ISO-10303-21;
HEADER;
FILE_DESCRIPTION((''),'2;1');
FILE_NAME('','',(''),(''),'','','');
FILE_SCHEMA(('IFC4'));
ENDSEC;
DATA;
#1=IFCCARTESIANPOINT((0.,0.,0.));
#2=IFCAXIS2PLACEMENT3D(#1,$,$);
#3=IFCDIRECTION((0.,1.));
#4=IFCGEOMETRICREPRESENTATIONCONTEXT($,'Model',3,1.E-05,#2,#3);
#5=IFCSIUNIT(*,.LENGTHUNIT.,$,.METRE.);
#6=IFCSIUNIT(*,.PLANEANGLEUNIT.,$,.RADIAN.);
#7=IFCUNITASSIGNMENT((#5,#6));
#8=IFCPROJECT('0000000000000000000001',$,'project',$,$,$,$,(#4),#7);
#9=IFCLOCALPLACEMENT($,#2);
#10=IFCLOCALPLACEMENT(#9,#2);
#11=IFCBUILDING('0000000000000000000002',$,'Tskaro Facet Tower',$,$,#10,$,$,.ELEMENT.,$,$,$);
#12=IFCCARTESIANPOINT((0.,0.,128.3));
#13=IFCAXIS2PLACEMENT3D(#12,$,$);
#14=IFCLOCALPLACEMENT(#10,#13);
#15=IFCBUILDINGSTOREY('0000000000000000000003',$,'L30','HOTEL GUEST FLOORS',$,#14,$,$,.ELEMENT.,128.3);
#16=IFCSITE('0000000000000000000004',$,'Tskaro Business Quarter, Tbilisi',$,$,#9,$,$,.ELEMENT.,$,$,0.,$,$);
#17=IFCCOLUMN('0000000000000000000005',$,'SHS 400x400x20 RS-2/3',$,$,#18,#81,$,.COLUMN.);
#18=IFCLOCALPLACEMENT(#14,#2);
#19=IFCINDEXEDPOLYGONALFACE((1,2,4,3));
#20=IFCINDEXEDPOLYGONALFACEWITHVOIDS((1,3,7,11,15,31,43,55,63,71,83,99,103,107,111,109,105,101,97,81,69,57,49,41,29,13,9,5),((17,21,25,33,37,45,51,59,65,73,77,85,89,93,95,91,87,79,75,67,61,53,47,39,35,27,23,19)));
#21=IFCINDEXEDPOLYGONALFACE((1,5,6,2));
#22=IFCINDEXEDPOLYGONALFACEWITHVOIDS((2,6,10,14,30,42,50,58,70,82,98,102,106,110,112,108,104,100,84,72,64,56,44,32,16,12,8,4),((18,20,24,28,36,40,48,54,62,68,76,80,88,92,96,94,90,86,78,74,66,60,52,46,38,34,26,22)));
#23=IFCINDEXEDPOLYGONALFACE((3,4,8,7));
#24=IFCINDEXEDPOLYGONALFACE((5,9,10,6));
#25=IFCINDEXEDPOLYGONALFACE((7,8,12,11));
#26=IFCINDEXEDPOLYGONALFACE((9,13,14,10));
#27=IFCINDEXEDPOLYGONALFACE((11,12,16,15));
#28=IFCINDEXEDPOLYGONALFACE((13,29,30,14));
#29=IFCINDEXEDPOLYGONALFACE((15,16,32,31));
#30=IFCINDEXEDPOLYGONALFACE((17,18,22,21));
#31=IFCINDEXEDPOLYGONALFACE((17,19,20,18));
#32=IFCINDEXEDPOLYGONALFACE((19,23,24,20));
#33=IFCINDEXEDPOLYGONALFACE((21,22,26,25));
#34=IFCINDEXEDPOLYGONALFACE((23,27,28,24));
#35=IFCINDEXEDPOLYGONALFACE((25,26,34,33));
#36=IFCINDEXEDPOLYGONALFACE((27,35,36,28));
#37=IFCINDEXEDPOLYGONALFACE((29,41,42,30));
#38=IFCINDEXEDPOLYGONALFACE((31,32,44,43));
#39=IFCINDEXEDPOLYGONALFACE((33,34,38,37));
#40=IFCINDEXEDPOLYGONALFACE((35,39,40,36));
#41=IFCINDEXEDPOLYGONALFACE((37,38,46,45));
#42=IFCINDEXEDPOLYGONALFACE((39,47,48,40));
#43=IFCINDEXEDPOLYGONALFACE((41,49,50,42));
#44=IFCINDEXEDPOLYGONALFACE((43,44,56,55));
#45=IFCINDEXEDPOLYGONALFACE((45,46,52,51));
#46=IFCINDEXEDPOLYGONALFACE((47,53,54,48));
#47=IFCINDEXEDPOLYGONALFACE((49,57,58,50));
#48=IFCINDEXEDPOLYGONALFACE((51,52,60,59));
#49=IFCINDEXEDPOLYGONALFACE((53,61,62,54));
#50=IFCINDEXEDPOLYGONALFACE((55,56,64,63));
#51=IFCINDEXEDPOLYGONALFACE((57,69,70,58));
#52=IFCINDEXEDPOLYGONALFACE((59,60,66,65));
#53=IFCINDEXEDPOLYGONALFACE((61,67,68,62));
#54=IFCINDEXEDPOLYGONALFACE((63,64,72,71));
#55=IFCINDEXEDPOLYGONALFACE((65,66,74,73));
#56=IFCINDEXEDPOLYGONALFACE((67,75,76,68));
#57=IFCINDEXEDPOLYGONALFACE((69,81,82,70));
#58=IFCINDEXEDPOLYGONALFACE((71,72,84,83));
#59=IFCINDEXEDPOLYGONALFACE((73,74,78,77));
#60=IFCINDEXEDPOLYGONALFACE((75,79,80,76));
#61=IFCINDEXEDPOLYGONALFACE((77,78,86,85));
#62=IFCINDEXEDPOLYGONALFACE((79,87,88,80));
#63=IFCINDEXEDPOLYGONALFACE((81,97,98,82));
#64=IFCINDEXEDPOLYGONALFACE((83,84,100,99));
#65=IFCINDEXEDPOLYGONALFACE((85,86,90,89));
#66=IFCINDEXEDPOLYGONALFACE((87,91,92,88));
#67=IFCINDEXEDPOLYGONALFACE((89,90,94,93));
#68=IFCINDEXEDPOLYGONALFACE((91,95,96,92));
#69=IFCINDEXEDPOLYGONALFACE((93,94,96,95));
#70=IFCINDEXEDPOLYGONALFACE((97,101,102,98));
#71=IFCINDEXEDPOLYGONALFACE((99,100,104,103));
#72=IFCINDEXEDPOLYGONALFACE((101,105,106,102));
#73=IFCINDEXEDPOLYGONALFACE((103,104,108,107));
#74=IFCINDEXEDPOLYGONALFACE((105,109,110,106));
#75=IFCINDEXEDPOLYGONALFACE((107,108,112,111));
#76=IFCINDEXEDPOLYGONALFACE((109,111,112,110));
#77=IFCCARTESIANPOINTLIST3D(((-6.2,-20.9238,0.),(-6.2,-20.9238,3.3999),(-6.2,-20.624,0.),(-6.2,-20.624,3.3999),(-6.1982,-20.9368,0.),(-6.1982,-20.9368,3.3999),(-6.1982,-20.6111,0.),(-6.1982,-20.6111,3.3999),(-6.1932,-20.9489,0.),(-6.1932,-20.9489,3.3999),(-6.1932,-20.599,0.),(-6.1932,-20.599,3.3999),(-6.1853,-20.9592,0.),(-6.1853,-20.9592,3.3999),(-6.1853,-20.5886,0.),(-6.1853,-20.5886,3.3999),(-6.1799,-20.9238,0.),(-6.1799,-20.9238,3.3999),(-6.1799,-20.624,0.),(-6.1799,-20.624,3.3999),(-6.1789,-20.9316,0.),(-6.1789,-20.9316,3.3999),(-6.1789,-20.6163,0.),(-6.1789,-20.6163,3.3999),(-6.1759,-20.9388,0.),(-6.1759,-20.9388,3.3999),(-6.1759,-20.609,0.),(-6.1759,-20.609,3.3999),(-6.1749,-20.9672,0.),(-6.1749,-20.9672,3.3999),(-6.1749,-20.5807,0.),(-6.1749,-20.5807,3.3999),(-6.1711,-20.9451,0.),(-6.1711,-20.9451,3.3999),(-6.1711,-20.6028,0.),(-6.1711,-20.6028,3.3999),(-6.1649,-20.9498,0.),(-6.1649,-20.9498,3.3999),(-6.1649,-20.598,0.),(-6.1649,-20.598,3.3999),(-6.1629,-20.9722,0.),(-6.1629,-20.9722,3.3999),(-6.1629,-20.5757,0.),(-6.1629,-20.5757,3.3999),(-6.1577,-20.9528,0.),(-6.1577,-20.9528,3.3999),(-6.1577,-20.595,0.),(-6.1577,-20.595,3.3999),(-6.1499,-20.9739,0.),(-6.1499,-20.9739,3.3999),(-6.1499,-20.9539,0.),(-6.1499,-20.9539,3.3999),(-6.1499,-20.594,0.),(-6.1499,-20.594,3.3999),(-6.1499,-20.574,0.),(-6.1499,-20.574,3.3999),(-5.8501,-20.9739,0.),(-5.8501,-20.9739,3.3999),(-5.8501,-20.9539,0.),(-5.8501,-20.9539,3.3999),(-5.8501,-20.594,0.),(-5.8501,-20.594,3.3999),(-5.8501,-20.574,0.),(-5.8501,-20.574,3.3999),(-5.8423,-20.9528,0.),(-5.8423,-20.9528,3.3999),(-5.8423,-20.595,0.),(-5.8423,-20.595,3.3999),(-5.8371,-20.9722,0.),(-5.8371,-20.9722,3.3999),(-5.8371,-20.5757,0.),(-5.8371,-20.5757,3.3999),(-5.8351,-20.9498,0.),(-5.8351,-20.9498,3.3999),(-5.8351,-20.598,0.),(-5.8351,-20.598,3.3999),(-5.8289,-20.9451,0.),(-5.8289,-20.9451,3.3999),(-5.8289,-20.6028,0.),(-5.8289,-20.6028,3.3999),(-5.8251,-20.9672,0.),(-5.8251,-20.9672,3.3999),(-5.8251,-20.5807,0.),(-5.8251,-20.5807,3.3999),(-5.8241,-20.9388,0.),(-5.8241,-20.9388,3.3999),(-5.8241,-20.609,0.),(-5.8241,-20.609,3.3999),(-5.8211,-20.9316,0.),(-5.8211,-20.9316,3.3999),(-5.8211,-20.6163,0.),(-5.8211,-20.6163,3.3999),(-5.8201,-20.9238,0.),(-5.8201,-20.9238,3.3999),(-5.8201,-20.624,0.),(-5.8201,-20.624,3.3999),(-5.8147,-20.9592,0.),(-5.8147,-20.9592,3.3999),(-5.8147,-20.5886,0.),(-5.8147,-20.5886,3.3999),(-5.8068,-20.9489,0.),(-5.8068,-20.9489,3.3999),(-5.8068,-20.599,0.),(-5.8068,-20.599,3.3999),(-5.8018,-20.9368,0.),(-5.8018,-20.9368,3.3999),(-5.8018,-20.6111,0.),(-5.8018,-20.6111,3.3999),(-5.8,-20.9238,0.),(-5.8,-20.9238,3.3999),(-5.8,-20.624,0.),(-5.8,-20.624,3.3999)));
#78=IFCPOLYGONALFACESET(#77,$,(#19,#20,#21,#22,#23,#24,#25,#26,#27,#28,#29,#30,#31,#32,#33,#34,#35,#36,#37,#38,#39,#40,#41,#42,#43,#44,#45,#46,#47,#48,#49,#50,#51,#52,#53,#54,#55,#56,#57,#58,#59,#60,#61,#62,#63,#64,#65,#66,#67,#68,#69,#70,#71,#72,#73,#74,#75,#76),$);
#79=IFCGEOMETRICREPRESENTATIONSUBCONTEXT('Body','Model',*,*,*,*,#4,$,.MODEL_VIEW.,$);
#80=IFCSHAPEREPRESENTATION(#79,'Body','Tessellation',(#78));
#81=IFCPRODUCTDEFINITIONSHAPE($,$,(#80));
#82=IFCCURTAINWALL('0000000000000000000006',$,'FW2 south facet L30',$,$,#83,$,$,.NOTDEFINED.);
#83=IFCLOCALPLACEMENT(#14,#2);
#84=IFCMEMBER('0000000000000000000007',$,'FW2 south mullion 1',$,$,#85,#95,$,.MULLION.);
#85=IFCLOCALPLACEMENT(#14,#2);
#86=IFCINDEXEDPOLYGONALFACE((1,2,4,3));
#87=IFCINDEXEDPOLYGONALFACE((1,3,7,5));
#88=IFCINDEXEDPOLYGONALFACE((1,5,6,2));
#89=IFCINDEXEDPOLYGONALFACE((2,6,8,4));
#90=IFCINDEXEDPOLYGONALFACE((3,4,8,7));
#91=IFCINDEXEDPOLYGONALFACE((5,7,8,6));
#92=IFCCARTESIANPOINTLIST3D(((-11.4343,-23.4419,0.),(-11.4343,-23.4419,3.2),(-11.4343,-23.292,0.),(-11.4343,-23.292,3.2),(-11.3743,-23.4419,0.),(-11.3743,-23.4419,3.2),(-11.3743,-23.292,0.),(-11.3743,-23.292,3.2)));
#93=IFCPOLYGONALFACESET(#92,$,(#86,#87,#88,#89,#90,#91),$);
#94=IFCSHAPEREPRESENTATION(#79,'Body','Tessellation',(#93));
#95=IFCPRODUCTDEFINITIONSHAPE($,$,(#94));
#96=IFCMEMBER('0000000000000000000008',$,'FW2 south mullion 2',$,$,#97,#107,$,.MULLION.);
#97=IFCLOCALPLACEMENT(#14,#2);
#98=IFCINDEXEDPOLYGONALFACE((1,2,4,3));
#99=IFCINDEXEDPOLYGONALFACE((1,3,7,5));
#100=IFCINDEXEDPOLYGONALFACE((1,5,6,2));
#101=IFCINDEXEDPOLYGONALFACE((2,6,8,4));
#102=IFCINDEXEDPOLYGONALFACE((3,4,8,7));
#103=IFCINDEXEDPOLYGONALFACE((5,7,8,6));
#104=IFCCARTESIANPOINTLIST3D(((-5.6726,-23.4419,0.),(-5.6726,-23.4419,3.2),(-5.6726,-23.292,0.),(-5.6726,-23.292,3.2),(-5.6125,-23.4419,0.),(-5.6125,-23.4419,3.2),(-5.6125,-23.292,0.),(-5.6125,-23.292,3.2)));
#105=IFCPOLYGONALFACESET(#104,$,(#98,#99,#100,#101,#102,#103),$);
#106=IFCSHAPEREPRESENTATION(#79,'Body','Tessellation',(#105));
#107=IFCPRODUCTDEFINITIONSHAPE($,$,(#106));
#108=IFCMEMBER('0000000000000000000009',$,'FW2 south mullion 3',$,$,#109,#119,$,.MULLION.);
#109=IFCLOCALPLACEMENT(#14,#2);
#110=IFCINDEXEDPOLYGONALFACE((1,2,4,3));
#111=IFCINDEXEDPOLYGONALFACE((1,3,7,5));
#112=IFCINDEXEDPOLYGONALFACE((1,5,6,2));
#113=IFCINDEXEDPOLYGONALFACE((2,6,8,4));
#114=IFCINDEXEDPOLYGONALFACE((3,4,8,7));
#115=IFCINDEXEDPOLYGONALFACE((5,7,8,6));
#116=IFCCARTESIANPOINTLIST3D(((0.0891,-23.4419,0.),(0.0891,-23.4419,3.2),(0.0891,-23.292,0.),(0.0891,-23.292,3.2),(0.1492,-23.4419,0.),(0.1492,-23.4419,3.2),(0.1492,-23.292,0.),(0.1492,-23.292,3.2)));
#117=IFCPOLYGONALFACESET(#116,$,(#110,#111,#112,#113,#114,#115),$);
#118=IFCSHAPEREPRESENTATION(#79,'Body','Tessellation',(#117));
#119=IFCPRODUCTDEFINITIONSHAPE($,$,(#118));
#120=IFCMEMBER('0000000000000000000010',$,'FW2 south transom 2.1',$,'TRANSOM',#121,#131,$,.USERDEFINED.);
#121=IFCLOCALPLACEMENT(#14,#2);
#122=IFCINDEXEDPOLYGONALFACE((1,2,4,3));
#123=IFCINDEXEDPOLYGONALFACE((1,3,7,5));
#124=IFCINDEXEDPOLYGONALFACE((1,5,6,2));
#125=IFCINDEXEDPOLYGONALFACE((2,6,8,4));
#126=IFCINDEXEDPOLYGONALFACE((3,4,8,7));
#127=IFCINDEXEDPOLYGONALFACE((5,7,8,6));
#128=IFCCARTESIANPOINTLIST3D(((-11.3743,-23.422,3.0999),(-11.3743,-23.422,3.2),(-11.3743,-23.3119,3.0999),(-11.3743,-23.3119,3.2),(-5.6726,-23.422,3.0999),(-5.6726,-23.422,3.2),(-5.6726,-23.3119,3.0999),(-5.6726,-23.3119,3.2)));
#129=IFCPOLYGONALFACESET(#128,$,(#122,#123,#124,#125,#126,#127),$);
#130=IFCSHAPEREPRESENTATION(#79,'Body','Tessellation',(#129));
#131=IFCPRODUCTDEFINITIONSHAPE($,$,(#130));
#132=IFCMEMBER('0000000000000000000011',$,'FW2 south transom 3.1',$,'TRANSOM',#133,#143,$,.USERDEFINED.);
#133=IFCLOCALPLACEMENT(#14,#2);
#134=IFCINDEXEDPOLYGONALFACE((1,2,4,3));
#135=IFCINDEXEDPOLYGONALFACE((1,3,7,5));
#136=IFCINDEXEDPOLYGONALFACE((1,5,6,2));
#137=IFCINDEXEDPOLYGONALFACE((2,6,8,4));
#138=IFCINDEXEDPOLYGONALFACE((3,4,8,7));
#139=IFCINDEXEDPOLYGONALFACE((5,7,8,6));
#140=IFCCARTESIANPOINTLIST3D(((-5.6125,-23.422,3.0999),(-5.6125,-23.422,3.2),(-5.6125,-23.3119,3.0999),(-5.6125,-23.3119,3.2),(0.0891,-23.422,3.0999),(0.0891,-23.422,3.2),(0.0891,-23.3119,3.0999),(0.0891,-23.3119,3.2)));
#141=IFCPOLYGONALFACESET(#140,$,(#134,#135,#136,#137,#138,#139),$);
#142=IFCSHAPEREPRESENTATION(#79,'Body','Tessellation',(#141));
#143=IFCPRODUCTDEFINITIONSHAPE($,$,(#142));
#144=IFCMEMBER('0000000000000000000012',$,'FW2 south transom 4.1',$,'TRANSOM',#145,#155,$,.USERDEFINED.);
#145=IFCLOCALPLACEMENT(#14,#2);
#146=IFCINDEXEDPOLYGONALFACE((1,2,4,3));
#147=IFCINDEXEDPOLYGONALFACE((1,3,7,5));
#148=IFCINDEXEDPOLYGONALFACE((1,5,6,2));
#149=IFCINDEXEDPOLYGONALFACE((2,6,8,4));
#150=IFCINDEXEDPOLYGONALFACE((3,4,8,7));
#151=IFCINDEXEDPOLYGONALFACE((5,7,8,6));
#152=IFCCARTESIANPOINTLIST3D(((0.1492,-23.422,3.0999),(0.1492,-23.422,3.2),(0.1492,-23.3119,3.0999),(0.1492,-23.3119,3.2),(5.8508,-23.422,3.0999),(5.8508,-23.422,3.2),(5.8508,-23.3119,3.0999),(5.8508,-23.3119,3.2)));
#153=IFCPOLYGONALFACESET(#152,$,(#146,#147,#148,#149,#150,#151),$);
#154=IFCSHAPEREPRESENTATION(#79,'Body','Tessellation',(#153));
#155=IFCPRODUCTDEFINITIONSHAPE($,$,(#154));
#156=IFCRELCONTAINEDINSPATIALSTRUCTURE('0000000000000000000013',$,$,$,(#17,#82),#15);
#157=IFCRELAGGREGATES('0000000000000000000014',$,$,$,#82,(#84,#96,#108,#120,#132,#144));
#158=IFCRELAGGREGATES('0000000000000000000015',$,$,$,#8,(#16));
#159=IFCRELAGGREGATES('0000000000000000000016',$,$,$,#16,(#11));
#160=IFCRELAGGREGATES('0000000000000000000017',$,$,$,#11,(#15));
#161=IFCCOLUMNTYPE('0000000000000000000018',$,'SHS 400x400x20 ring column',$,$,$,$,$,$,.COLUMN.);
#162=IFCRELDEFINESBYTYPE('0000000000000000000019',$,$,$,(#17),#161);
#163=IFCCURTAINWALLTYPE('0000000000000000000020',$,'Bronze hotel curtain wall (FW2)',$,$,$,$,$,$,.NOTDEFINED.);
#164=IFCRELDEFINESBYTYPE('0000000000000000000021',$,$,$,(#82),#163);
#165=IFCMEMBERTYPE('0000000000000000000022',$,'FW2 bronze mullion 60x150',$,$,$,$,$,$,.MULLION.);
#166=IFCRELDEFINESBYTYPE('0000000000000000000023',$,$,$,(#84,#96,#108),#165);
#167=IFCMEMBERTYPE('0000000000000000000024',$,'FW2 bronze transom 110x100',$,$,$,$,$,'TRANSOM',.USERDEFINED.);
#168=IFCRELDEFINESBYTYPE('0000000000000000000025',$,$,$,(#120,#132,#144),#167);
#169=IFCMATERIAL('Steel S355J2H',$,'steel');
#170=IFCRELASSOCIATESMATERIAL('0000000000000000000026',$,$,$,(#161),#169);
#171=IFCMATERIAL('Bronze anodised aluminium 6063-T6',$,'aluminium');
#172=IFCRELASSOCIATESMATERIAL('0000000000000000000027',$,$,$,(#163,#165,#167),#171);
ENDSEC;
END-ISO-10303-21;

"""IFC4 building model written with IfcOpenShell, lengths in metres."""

from ifc_helpers import new_model, si_unit, direction, frame, origin, origin_2d, place, context, subcontext, project, spatial, rectangle, hollow_rectangle, extrude, material, material_profile, profile_set, type_object, element, aggregate, save


model = new_model("IFC4")

# Units and contexts
model_context = context("Model", 3, precision=1e-05, world=origin(), true_north=direction((0.0, 1.0)))
body_context = subcontext(model_context, "Body", "Model", "MODEL_VIEW")
ifc_project = project(units=[si_unit("LENGTHUNIT", "METRE"), si_unit("PLANEANGLEUNIT", "RADIAN")], contexts=[model_context])

# Site, building, storey
site_placement = place(None, origin())
site = spatial("IfcSite", under=ifc_project, at=site_placement, Name="Tskaro Business Quarter, Tbilisi", CompositionType="ELEMENT", RefElevation=0.0)
building_placement = place(site_placement, origin())
building = spatial("IfcBuilding", under=site, at=building_placement, Name="Tskaro Facet Tower", CompositionType="ELEMENT")
storey_placement = place(building_placement, frame((0.0, 0.0, 128.3)))
storey = spatial("IfcBuildingStorey", under=building, at=storey_placement, Name="L30", Description="HOTEL GUEST FLOORS", CompositionType="ELEMENT", Elevation=128.3)

# Column
ifc_material_1 = material(Name="Steel S355J2H", Category="steel")
ifc_material_profile_1 = material_profile(ifc_material_1, hollow_rectangle(XDim=0.3999, YDim=0.3999, WallThickness=0.02, InnerFilletRadius=0.03, OuterFilletRadius=0.05, at=origin_2d()), Name="SHS 400x400x20")
ifc_profile_set_1 = profile_set([ifc_material_profile_1], Name="Steel S355J2H")
column_type = type_object("IfcColumnType", Name="SHS 400x400x20 ring column", PredefinedType="COLUMN", material=ifc_profile_set_1)
column_placement = place(storey_placement, frame((-6.0, -20.7739, 0.0), z_axis=(0.0, 0.0, 1.0), x_axis=(1.0, 0.0, 0.0)))
element("IfcColumn", 1, at=column_placement, inside=storey, type_object=column_type, Name="SHS 400x400x20 RS-2/3", PredefinedType="COLUMN", context=body_context, shape_type="SweptSolid", body=[
    extrude(hollow_rectangle(XDim=0.3999, YDim=0.3999, WallThickness=0.02, InnerFilletRadius=0.03, OuterFilletRadius=0.05, at=origin_2d()), origin(), (0.0, 0.0, 1.0), 3.3999),
])

# Curtain wall, members
ifc_material_2 = material(Name="Bronze anodised aluminium 6063-T6", Category="aluminium")
curtain_wall_type = type_object("IfcCurtainWallType", Name="Bronze hotel curtain wall (FW2)", PredefinedType="NOTDEFINED", material=ifc_material_2)
curtain_wall_placement = place(storey_placement, origin())
curtain_wall = element("IfcCurtainWall", 2, at=curtain_wall_placement, inside=storey, type_object=curtain_wall_type, Name="FW2 south facet L30", PredefinedType="NOTDEFINED")
ifc_material_profile_2 = material_profile(ifc_material_2, rectangle(XDim=0.0601, YDim=0.1499, at=origin_2d()), Name="Mullion 60x150")
ifc_profile_set_2 = profile_set([ifc_material_profile_2], Name="Bronze anodised aluminium 6063-T6")
member_type_1 = type_object("IfcMemberType", Name="FW2 bronze mullion 60x150", PredefinedType="MULLION", material=ifc_profile_set_2)
member_1_placement = place(storey_placement, frame((-11.4043, -23.3669, 0.0), z_axis=(0.0, 0.0, 1.0), x_axis=(1.0, 0.0, 0.0)))
member_1 = element("IfcMember", 3, at=member_1_placement, type_object=member_type_1, Name="FW2 south mullion 1", PredefinedType="MULLION", context=body_context, shape_type="SweptSolid", body=[
    extrude(rectangle(XDim=0.0601, YDim=0.1499, at=origin_2d()), origin(), (0.0, 0.0, 1.0), 3.2),
])
member_2_placement = place(storey_placement, frame((-5.6426, -23.3669, 0.0), z_axis=(0.0, 0.0, 1.0), x_axis=(1.0, 0.0, 0.0)))
member_2 = element("IfcMember", 4, at=member_2_placement, type_object=member_type_1, Name="FW2 south mullion 2", PredefinedType="MULLION", context=body_context, shape_type="SweptSolid", body=[
    extrude(rectangle(XDim=0.0601, YDim=0.1499, at=origin_2d()), origin(), (0.0, 0.0, 1.0), 3.2),
])
member_3_placement = place(storey_placement, frame((0.1191, -23.3669, 0.0), z_axis=(0.0, 0.0, 1.0), x_axis=(1.0, 0.0, 0.0)))
member_3 = element("IfcMember", 5, at=member_3_placement, type_object=member_type_1, Name="FW2 south mullion 3", PredefinedType="MULLION", context=body_context, shape_type="SweptSolid", body=[
    extrude(rectangle(XDim=0.0601, YDim=0.1499, at=origin_2d()), origin(), (0.0, 0.0, 1.0), 3.2),
])
ifc_material_profile_3 = material_profile(ifc_material_2, rectangle(XDim=0.1101, YDim=0.1001, at=origin_2d()), Name="Transom 110x100")
ifc_profile_set_3 = profile_set([ifc_material_profile_3], Name="Bronze anodised aluminium 6063-T6")
member_type_2 = type_object("IfcMemberType", Name="FW2 bronze transom 110x100", ElementType="TRANSOM", PredefinedType="USERDEFINED", material=ifc_profile_set_3)
member_4_placement = place(storey_placement, frame((-11.3743, -23.3669, 3.1499), z_axis=(1.0, 0.0, 0.0), x_axis=(0.0, 1.0, 0.0)))
member_4 = element("IfcMember", 6, at=member_4_placement, type_object=member_type_2, Name="FW2 south transom 2.1", ObjectType="TRANSOM", PredefinedType="USERDEFINED", context=body_context, shape_type="SweptSolid", body=[
    extrude(rectangle(XDim=0.1101, YDim=0.1001, at=origin_2d()), origin(), (0.0, 0.0, 1.0), 5.7017),
])
member_5_placement = place(storey_placement, frame((-5.6125, -23.3669, 3.1499), z_axis=(1.0, 0.0, 0.0), x_axis=(0.0, 1.0, 0.0)))
member_5 = element("IfcMember", 7, at=member_5_placement, type_object=member_type_2, Name="FW2 south transom 3.1", ObjectType="TRANSOM", PredefinedType="USERDEFINED", context=body_context, shape_type="SweptSolid", body=[
    extrude(rectangle(XDim=0.1101, YDim=0.1001, at=origin_2d()), origin(), (0.0, 0.0, 1.0), 5.7017),
])
member_6_placement = place(storey_placement, frame((0.1492, -23.3669, 3.1499), z_axis=(1.0, 0.0, 0.0), x_axis=(0.0, 1.0, 0.0)))
member_6 = element("IfcMember", 8, at=member_6_placement, type_object=member_type_2, Name="FW2 south transom 4.1", ObjectType="TRANSOM", PredefinedType="USERDEFINED", context=body_context, shape_type="SweptSolid", body=[
    extrude(rectangle(XDim=0.1101, YDim=0.1001, at=origin_2d()), origin(), (0.0, 0.0, 1.0), 5.7017),
])

aggregate(curtain_wall, [member_1, member_2, member_3, member_4, member_5, member_6])

save(model, "model.ifc")
